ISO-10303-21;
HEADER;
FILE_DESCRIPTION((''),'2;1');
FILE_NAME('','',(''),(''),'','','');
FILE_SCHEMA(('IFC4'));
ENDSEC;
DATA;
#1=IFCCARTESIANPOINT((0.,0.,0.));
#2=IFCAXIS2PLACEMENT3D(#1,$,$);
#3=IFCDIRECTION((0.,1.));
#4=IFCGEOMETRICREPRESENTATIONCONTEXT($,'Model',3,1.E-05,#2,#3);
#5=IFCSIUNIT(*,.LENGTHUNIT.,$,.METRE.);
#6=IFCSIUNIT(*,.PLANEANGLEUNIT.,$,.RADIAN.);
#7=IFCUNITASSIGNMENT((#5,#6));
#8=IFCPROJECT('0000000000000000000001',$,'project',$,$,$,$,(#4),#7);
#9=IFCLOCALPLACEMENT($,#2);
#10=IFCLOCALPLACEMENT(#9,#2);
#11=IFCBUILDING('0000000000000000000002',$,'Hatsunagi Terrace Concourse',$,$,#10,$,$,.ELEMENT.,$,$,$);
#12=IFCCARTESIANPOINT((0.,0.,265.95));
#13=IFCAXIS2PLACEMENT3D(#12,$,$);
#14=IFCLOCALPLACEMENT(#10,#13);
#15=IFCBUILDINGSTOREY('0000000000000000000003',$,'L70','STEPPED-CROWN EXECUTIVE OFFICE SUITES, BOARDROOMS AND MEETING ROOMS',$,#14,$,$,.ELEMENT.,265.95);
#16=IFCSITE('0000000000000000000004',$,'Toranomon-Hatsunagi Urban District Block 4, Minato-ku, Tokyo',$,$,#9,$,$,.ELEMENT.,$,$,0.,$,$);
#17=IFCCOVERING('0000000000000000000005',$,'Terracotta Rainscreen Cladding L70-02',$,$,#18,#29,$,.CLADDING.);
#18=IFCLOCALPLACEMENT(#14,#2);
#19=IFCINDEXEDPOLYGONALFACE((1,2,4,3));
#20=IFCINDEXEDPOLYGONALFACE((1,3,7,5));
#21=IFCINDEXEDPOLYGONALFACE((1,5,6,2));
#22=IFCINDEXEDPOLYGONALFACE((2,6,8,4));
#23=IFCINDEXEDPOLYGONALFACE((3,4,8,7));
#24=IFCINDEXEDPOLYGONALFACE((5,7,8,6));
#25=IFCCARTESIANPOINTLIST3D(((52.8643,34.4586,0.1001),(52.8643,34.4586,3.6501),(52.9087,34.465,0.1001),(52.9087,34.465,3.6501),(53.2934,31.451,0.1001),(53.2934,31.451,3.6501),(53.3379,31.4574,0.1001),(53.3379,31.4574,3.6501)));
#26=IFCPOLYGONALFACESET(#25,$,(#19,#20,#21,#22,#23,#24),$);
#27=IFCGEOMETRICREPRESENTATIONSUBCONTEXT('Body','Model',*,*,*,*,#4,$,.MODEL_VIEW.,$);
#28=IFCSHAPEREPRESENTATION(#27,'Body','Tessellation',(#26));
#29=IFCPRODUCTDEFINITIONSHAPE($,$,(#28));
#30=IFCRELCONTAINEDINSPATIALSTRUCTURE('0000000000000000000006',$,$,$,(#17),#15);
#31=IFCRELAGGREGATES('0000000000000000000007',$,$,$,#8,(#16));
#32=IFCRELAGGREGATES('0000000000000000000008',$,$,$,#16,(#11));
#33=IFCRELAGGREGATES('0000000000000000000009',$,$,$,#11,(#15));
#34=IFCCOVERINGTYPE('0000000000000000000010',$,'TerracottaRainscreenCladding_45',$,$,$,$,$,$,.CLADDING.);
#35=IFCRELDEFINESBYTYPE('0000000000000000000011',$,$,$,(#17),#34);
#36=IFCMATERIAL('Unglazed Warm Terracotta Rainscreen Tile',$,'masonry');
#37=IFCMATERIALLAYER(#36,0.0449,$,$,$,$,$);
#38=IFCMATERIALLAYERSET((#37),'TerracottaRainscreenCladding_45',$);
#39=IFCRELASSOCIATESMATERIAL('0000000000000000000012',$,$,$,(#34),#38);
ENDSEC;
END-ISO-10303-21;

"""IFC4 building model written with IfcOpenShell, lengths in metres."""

from ifc_helpers import new_model, si_unit, direction, frame, origin, origin_2d, place, context, subcontext, project, spatial, rectangle, extrude, material, layer, layer_set, type_object, element, save


model = new_model("IFC4")

# Units and contexts
model_context = context("Model", 3, precision=1e-05, world=origin(), true_north=direction((0.0, 1.0)))
body_context = subcontext(model_context, "Body", "Model", "MODEL_VIEW")
ifc_project = project(units=[si_unit("LENGTHUNIT", "METRE"), si_unit("PLANEANGLEUNIT", "RADIAN")], contexts=[model_context])

# Site, building, storey
site_placement = place(None, origin())
site = spatial("IfcSite", under=ifc_project, at=site_placement, Name="Toranomon-Hatsunagi Urban District Block 4, Minato-ku, Tokyo", CompositionType="ELEMENT", RefElevation=0.0)
building_placement = place(site_placement, origin())
building = spatial("IfcBuilding", under=site, at=building_placement, Name="Hatsunagi Terrace Concourse", CompositionType="ELEMENT")
storey_placement = place(building_placement, frame((0.0, 0.0, 265.95)))
storey = spatial("IfcBuildingStorey", under=building, at=storey_placement, Name="L70", Description="STEPPED-CROWN EXECUTIVE OFFICE SUITES, BOARDROOMS AND MEETING ROOMS", CompositionType="ELEMENT", Elevation=265.95)

# Covering
ifc_material_1 = material(Name="Unglazed Warm Terracotta Rainscreen Tile", Category="masonry")
ifc_layer_1 = layer(ifc_material_1, 0.0449)
ifc_layer_set_1 = layer_set([ifc_layer_1], Name="TerracottaRainscreenCladding_45")
covering_type = type_object("IfcCoveringType", Name="TerracottaRainscreenCladding_45", PredefinedType="CLADDING", material=ifc_layer_set_1)
covering_placement = place(storey_placement, frame((53.1011, 32.958, 0.1001), z_axis=(0.0, 0.0, 1.0), x_axis=(0.14125, -0.989974, 0.0)))
element("IfcCovering", 1, at=covering_placement, inside=storey, type_object=covering_type, Name="Terracotta Rainscreen Cladding L70-02", PredefinedType="CLADDING", context=body_context, shape_type="SweptSolid", body=[
    extrude(rectangle(XDim=3.0381, YDim=0.0449, at=origin_2d()), origin(), (0.0, 0.0, 1.0), 3.55),
])

save(model, "model.ifc")
